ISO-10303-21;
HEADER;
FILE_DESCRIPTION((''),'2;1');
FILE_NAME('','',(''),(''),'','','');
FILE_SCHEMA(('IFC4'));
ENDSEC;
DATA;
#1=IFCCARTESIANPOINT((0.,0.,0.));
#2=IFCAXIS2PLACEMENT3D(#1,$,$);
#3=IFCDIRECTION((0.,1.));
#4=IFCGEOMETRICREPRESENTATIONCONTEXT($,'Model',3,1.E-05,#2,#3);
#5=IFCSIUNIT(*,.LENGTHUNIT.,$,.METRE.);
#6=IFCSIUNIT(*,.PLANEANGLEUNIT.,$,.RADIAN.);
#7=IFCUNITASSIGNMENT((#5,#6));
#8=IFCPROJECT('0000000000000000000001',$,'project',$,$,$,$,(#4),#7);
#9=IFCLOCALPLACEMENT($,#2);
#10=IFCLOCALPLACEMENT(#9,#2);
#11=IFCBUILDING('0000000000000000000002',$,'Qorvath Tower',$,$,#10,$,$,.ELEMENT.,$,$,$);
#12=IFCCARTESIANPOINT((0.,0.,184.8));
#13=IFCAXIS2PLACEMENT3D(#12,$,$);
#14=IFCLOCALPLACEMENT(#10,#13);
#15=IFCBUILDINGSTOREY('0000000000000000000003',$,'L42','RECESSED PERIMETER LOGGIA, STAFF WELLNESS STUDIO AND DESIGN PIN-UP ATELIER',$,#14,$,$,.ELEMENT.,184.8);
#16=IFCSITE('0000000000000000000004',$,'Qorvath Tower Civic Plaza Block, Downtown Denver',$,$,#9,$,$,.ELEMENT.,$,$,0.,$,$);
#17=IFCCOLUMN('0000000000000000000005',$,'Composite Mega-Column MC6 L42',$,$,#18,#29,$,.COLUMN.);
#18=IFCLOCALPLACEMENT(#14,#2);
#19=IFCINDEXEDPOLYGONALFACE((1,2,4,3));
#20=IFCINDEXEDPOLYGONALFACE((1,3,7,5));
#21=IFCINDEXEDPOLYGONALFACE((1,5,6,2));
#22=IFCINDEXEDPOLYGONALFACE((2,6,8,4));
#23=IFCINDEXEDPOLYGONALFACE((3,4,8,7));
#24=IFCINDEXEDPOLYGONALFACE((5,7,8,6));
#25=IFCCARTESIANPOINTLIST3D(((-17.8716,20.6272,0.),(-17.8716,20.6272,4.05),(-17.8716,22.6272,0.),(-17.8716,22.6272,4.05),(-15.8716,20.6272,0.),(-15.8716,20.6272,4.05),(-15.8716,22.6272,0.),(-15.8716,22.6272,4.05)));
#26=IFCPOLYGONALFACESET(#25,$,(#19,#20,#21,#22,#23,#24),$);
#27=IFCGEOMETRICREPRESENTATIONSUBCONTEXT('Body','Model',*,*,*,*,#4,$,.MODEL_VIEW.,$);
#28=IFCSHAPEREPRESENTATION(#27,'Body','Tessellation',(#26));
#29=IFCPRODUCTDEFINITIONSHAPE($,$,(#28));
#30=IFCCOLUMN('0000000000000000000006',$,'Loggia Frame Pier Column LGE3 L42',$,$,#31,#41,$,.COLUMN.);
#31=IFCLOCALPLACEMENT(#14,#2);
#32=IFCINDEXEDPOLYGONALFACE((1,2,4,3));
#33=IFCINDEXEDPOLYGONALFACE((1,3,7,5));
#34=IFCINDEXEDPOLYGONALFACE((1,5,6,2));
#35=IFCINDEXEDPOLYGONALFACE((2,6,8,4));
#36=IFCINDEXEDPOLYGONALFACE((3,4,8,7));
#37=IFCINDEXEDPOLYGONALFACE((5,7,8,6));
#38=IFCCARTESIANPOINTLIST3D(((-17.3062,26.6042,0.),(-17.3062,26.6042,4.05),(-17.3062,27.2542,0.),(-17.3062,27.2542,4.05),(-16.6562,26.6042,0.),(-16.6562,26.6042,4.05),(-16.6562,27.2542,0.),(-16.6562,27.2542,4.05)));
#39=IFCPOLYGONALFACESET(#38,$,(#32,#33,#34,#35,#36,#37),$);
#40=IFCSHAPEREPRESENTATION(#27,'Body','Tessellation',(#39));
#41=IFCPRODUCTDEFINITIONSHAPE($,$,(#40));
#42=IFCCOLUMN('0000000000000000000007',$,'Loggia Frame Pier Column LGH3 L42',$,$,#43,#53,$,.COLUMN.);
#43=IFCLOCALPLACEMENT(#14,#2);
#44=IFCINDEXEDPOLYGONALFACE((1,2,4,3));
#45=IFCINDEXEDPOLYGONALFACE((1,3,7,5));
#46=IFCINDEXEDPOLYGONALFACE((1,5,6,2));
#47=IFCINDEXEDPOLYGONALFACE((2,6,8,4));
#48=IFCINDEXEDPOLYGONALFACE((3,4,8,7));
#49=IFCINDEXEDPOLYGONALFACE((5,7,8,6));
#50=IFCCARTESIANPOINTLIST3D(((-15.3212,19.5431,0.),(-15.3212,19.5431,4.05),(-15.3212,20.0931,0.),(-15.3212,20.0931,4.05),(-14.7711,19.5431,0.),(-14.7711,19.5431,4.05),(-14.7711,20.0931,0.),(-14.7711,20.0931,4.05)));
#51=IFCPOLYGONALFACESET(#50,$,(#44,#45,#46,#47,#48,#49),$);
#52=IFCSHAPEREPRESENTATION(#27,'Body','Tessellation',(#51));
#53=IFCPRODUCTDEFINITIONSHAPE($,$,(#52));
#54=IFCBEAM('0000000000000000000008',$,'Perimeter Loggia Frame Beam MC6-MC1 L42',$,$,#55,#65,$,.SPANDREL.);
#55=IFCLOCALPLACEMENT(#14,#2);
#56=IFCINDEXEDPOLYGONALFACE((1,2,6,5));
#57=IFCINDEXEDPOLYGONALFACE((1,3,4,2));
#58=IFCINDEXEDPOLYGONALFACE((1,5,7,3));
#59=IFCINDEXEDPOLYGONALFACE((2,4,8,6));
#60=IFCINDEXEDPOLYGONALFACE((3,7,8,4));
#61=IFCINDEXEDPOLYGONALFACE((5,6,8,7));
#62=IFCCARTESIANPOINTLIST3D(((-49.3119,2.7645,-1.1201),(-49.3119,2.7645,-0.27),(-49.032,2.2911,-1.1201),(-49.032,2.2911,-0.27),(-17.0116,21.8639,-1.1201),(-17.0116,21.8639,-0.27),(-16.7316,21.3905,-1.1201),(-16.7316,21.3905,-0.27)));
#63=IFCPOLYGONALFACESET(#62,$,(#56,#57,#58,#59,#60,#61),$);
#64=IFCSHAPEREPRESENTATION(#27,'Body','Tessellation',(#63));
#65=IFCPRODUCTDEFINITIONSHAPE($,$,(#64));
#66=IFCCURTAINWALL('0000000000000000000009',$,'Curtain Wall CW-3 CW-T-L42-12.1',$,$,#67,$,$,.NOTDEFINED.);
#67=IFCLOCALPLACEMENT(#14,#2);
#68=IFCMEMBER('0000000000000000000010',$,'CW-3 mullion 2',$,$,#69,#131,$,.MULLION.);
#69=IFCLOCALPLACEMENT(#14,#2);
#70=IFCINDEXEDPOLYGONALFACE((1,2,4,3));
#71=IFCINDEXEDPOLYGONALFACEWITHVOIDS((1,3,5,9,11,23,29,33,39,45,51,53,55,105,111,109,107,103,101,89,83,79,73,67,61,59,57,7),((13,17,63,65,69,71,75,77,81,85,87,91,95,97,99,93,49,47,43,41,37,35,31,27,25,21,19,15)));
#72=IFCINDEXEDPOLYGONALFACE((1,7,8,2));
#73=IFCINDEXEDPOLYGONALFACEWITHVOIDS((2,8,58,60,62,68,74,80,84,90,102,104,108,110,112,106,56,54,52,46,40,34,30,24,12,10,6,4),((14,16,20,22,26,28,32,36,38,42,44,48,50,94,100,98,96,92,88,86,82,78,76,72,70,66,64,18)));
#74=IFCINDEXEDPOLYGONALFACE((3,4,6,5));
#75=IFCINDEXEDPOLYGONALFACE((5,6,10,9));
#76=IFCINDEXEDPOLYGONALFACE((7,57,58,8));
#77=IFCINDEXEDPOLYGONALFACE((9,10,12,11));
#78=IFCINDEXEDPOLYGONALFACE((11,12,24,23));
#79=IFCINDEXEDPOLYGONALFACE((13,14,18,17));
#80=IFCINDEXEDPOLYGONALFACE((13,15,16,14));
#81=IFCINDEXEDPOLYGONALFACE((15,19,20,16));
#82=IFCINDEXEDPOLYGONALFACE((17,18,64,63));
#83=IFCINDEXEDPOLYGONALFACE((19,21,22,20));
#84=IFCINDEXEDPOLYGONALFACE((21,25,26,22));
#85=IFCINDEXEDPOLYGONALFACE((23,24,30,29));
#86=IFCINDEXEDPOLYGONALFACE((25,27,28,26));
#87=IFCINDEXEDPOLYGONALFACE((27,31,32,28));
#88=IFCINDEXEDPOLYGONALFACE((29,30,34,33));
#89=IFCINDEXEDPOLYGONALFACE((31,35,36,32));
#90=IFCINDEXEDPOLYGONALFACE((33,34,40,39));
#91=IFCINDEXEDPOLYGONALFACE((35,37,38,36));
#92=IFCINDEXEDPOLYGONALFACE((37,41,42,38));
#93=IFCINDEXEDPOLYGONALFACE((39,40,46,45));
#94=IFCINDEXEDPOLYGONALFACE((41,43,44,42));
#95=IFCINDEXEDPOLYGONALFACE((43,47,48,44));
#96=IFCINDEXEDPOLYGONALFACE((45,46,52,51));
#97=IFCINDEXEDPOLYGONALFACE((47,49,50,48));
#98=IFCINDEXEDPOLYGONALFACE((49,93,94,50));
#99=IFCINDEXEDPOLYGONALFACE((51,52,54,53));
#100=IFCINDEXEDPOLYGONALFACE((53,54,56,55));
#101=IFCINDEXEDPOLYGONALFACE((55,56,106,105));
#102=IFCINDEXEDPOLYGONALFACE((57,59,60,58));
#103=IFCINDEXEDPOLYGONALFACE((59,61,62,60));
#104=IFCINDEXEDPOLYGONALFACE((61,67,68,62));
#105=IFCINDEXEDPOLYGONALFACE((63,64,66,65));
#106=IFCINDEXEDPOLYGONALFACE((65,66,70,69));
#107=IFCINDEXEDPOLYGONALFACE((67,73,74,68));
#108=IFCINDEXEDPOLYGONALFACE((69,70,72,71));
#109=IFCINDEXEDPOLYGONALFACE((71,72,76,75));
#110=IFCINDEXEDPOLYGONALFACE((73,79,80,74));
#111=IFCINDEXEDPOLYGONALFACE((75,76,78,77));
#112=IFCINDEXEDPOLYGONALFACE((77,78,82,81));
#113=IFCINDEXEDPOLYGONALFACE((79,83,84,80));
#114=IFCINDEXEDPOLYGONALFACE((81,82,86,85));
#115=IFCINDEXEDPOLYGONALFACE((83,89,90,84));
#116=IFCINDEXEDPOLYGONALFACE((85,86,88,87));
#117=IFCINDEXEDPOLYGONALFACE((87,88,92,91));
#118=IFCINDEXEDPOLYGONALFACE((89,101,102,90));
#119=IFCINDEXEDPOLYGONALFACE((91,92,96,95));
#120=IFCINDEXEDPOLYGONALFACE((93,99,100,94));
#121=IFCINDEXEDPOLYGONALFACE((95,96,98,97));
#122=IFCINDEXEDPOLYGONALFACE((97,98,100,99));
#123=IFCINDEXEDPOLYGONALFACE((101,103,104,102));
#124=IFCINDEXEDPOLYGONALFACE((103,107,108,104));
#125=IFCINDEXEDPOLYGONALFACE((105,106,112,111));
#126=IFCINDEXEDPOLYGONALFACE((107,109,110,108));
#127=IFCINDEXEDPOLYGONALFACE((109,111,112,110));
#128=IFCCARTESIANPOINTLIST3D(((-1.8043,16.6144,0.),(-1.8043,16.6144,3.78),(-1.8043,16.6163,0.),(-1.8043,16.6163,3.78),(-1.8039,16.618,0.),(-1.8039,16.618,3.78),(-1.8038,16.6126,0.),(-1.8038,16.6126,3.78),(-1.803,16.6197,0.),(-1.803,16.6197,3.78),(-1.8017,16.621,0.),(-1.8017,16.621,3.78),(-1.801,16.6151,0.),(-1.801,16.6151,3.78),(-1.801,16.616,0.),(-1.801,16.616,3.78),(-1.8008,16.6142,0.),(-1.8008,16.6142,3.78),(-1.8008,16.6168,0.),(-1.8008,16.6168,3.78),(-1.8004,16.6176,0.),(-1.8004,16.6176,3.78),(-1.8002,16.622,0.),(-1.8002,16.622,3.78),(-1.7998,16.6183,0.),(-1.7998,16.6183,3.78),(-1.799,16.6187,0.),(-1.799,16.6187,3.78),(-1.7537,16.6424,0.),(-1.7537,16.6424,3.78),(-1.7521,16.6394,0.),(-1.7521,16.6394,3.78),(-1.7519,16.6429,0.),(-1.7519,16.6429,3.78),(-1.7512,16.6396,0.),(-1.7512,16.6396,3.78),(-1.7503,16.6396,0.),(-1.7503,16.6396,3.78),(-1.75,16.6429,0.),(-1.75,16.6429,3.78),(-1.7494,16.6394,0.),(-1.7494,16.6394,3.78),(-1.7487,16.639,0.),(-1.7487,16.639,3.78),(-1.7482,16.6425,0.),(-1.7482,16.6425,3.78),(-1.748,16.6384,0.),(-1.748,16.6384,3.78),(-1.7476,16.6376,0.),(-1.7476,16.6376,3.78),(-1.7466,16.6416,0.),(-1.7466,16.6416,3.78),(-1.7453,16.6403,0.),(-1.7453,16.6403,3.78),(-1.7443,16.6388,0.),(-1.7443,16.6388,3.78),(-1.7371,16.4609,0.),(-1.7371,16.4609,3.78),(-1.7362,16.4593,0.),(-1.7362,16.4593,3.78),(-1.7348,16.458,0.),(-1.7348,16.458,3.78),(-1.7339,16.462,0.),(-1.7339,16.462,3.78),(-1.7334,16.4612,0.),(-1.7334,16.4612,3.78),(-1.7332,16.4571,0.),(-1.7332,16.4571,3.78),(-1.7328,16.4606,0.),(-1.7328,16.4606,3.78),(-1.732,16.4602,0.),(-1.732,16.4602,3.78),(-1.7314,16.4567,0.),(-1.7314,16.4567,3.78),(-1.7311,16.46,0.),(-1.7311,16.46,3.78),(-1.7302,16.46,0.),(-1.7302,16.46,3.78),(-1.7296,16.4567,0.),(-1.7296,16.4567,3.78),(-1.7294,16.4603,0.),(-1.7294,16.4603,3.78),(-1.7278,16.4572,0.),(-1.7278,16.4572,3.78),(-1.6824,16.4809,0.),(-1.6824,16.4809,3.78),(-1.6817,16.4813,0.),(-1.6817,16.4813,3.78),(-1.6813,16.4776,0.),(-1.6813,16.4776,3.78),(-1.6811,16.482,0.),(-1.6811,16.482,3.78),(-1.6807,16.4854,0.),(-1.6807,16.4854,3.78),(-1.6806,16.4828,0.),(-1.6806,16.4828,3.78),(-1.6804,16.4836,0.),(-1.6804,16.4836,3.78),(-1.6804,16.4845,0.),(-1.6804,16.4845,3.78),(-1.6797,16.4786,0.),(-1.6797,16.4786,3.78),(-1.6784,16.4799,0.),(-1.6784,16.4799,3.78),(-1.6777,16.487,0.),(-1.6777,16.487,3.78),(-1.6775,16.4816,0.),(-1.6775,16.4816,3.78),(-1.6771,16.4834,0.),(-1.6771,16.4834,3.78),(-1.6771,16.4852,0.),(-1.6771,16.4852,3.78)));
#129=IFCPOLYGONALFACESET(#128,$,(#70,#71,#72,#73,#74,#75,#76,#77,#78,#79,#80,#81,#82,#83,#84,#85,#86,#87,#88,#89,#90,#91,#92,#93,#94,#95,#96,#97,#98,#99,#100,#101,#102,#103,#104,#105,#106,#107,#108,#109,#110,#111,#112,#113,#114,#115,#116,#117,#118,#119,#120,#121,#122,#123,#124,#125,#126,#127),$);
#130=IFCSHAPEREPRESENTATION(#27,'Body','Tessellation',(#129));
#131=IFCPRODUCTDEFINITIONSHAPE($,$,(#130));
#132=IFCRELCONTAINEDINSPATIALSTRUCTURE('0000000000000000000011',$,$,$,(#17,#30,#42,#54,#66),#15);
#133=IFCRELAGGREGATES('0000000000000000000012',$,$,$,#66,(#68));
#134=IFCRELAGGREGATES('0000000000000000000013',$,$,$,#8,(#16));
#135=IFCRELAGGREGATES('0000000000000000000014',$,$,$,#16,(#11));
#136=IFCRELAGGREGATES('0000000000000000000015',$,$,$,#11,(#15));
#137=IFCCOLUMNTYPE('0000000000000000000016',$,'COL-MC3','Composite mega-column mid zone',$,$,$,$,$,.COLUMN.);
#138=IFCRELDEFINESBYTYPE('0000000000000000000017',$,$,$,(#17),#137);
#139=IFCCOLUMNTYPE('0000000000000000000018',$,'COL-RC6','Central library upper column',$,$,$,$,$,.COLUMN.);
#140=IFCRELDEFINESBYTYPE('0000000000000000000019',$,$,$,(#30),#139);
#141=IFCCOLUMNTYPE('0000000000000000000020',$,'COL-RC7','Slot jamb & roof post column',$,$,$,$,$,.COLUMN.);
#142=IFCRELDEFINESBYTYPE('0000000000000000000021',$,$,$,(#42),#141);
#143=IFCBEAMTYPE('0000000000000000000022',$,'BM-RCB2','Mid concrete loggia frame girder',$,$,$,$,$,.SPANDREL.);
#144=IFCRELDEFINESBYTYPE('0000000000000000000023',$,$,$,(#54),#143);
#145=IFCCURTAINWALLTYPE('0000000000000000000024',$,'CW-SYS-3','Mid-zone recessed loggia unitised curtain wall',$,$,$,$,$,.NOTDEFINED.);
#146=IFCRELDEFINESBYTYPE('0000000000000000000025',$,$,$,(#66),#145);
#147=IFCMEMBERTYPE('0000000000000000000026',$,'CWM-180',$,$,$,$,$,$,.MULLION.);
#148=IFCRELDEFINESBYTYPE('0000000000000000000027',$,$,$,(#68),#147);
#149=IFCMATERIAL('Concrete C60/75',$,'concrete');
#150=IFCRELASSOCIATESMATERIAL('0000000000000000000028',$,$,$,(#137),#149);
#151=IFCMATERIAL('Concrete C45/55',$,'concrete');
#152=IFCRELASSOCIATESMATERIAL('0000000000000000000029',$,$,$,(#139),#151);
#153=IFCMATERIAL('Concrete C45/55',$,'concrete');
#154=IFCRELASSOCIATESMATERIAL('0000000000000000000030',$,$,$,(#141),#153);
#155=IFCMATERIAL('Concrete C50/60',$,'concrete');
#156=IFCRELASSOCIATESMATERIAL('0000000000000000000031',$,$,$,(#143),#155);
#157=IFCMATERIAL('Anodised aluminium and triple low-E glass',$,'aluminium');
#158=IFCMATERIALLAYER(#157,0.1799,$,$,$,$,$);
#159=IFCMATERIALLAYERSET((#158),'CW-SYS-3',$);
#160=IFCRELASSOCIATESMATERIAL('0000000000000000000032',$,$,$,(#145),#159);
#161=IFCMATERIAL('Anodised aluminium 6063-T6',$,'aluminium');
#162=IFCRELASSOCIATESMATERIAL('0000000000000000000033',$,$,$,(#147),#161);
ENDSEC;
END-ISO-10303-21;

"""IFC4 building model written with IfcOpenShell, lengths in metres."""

from ifc_helpers import new_model, si_unit, direction, frame, origin, origin_2d, place, context, subcontext, project, spatial, rectangle, hollow_rectangle, extrude, material, layer, layer_set, material_profile, profile_set, type_object, element, aggregate, save


model = new_model("IFC4")

# Units and contexts
model_context = context("Model", 3, precision=1e-05, world=origin(), true_north=direction((0.0, 1.0)))
body_context = subcontext(model_context, "Body", "Model", "MODEL_VIEW")
ifc_project = project(units=[si_unit("LENGTHUNIT", "METRE"), si_unit("PLANEANGLEUNIT", "RADIAN")], contexts=[model_context])

# Site, building, storey
site_placement = place(None, origin())
site = spatial("IfcSite", under=ifc_project, at=site_placement, Name="Qorvath Tower Civic Plaza Block, Downtown Denver", CompositionType="ELEMENT", RefElevation=0.0)
building_placement = place(site_placement, origin())
building = spatial("IfcBuilding", under=site, at=building_placement, Name="Qorvath Tower", CompositionType="ELEMENT")
storey_placement = place(building_placement, frame((0.0, 0.0, 184.8)))
storey = spatial("IfcBuildingStorey", under=building, at=storey_placement, Name="L42", Description="RECESSED PERIMETER LOGGIA, STAFF WELLNESS STUDIO AND DESIGN PIN-UP ATELIER", CompositionType="ELEMENT", Elevation=184.8)

# Columns
ifc_material_1 = material(Name="Concrete C60/75", Category="concrete")
ifc_material_profile_1 = material_profile(ifc_material_1, rectangle(XDim=2.0, YDim=2.0, at=origin_2d()), Name="MC 2000x2000")
ifc_profile_set_1 = profile_set([ifc_material_profile_1], Name="Concrete C60/75")
column_type_1 = type_object("IfcColumnType", Name="COL-MC3", Description="Composite mega-column mid zone", PredefinedType="COLUMN", material=ifc_profile_set_1)
column_1_placement = place(storey_placement, frame((-16.8716, 21.6272, 0.0), z_axis=(0.0, 0.0, 1.0), x_axis=(1.0, 0.0, 0.0)))
element("IfcColumn", 1, at=column_1_placement, inside=storey, type_object=column_type_1, Name="Composite Mega-Column MC6 L42", PredefinedType="COLUMN", context=body_context, shape_type="SweptSolid", body=[
    extrude(rectangle(XDim=2.0, YDim=2.0, at=origin_2d()), origin(), (0.0, 0.0, 1.0), 4.05),
])
ifc_material_2 = material(Name="Concrete C45/55", Category="concrete")
ifc_material_profile_2 = material_profile(ifc_material_2, rectangle(XDim=0.6499, YDim=0.6499, at=origin_2d()), Name="RC 650x650")
ifc_profile_set_2 = profile_set([ifc_material_profile_2], Name="Concrete C45/55")
column_type_2 = type_object("IfcColumnType", Name="COL-RC6", Description="Central library upper column", PredefinedType="COLUMN", material=ifc_profile_set_2)
column_2_placement = place(storey_placement, frame((-16.9812, 26.9292, 0.0), z_axis=(0.0, 0.0, 1.0), x_axis=(1.0, 0.0, 0.0)))
element("IfcColumn", 2, at=column_2_placement, inside=storey, type_object=column_type_2, Name="Loggia Frame Pier Column LGE3 L42", PredefinedType="COLUMN", context=body_context, shape_type="SweptSolid", body=[
    extrude(rectangle(XDim=0.6499, YDim=0.6499, at=origin_2d()), origin(), (0.0, 0.0, 1.0), 4.05),
])
ifc_material_3 = material(Name="Concrete C45/55", Category="concrete")
ifc_material_profile_3 = material_profile(ifc_material_3, rectangle(XDim=0.55, YDim=0.55, at=origin_2d()), Name="RC 550x550")
ifc_profile_set_3 = profile_set([ifc_material_profile_3], Name="Concrete C45/55")
column_type_3 = type_object("IfcColumnType", Name="COL-RC7", Description="Slot jamb & roof post column", PredefinedType="COLUMN", material=ifc_profile_set_3)
column_3_placement = place(storey_placement, frame((-15.0461, 19.8181, 0.0), z_axis=(0.0, 0.0, 1.0), x_axis=(1.0, 0.0, 0.0)))
element("IfcColumn", 3, at=column_3_placement, inside=storey, type_object=column_type_3, Name="Loggia Frame Pier Column LGH3 L42", PredefinedType="COLUMN", context=body_context, shape_type="SweptSolid", body=[
    extrude(rectangle(XDim=0.55, YDim=0.55, at=origin_2d()), origin(), (0.0, 0.0, 1.0), 4.05),
])

# Beam
ifc_material_4 = material(Name="Concrete C50/60", Category="concrete")
ifc_material_profile_4 = material_profile(ifc_material_4, rectangle(XDim=0.55, YDim=0.8501, at=origin_2d()), Name="RCB 850x550")
ifc_profile_set_4 = profile_set([ifc_material_profile_4], Name="Concrete C50/60")
beam_type = type_object("IfcBeamType", Name="BM-RCB2", Description="Mid concrete loggia frame girder", PredefinedType="SPANDREL", material=ifc_profile_set_4)
beam_placement = place(storey_placement, frame((-16.8716, 21.6272, -0.6951), z_axis=(-0.860777, -0.508983, 0.0), x_axis=(0.508983, -0.860777, 0.0)))
element("IfcBeam", 4, at=beam_placement, inside=storey, type_object=beam_type, Name="Perimeter Loggia Frame Beam MC6-MC1 L42", PredefinedType="SPANDREL", context=body_context, shape_type="SweptSolid", body=[
    extrude(rectangle(XDim=0.55, YDim=0.8501, at=origin_2d()), origin(), (0.0, 0.0, 1.0), 37.5247),
])

# Curtain wall, member
ifc_material_5 = material(Name="Anodised aluminium and triple low-E glass", Category="aluminium")
ifc_layer_1 = layer(ifc_material_5, 0.1799)
ifc_layer_set_1 = layer_set([ifc_layer_1], Name="CW-SYS-3")
curtain_wall_type = type_object("IfcCurtainWallType", Name="CW-SYS-3", Description="Mid-zone recessed loggia unitised curtain wall", PredefinedType="NOTDEFINED", material=ifc_layer_set_1)
curtain_wall_1_placement = place(storey_placement, origin())
curtain_wall_1 = element("IfcCurtainWall", 5, at=curtain_wall_1_placement, inside=storey, type_object=curtain_wall_type, Name="Curtain Wall CW-3 CW-T-L42-12.1", PredefinedType="NOTDEFINED")
ifc_material_6 = material(Name="Anodised aluminium 6063-T6", Category="aluminium")
ifc_material_profile_5 = material_profile(ifc_material_6, hollow_rectangle(XDim=0.0649, YDim=0.1799, WallThickness=0.0034, InnerFilletRadius=0.0034, OuterFilletRadius=0.0071, at=origin_2d()), Name="CWM 180x65")
ifc_profile_set_5 = profile_set([ifc_material_profile_5], Name="Anodised aluminium 6063-T6")
member_type_1 = type_object("IfcMemberType", Name="CWM-180", PredefinedType="MULLION", material=ifc_profile_set_5)
member_1_placement = place(storey_placement, frame((-1.7407, 16.5498, 0.0), z_axis=(0.0, 0.0, 1.0), x_axis=(-0.915549, -0.402206, 0.0)))
member_1 = element("IfcMember", 6, at=member_1_placement, type_object=member_type_1, Name="CW-3 mullion 2", PredefinedType="MULLION", context=body_context, shape_type="SweptSolid", body=[
    extrude(hollow_rectangle(XDim=0.0649, YDim=0.1799, WallThickness=0.0034, InnerFilletRadius=0.0034, OuterFilletRadius=0.0071, at=origin_2d()), origin(), (0.0, 0.0, 1.0), 3.78),
])
aggregate(curtain_wall_1, [member_1])

save(model, "model.ifc")
